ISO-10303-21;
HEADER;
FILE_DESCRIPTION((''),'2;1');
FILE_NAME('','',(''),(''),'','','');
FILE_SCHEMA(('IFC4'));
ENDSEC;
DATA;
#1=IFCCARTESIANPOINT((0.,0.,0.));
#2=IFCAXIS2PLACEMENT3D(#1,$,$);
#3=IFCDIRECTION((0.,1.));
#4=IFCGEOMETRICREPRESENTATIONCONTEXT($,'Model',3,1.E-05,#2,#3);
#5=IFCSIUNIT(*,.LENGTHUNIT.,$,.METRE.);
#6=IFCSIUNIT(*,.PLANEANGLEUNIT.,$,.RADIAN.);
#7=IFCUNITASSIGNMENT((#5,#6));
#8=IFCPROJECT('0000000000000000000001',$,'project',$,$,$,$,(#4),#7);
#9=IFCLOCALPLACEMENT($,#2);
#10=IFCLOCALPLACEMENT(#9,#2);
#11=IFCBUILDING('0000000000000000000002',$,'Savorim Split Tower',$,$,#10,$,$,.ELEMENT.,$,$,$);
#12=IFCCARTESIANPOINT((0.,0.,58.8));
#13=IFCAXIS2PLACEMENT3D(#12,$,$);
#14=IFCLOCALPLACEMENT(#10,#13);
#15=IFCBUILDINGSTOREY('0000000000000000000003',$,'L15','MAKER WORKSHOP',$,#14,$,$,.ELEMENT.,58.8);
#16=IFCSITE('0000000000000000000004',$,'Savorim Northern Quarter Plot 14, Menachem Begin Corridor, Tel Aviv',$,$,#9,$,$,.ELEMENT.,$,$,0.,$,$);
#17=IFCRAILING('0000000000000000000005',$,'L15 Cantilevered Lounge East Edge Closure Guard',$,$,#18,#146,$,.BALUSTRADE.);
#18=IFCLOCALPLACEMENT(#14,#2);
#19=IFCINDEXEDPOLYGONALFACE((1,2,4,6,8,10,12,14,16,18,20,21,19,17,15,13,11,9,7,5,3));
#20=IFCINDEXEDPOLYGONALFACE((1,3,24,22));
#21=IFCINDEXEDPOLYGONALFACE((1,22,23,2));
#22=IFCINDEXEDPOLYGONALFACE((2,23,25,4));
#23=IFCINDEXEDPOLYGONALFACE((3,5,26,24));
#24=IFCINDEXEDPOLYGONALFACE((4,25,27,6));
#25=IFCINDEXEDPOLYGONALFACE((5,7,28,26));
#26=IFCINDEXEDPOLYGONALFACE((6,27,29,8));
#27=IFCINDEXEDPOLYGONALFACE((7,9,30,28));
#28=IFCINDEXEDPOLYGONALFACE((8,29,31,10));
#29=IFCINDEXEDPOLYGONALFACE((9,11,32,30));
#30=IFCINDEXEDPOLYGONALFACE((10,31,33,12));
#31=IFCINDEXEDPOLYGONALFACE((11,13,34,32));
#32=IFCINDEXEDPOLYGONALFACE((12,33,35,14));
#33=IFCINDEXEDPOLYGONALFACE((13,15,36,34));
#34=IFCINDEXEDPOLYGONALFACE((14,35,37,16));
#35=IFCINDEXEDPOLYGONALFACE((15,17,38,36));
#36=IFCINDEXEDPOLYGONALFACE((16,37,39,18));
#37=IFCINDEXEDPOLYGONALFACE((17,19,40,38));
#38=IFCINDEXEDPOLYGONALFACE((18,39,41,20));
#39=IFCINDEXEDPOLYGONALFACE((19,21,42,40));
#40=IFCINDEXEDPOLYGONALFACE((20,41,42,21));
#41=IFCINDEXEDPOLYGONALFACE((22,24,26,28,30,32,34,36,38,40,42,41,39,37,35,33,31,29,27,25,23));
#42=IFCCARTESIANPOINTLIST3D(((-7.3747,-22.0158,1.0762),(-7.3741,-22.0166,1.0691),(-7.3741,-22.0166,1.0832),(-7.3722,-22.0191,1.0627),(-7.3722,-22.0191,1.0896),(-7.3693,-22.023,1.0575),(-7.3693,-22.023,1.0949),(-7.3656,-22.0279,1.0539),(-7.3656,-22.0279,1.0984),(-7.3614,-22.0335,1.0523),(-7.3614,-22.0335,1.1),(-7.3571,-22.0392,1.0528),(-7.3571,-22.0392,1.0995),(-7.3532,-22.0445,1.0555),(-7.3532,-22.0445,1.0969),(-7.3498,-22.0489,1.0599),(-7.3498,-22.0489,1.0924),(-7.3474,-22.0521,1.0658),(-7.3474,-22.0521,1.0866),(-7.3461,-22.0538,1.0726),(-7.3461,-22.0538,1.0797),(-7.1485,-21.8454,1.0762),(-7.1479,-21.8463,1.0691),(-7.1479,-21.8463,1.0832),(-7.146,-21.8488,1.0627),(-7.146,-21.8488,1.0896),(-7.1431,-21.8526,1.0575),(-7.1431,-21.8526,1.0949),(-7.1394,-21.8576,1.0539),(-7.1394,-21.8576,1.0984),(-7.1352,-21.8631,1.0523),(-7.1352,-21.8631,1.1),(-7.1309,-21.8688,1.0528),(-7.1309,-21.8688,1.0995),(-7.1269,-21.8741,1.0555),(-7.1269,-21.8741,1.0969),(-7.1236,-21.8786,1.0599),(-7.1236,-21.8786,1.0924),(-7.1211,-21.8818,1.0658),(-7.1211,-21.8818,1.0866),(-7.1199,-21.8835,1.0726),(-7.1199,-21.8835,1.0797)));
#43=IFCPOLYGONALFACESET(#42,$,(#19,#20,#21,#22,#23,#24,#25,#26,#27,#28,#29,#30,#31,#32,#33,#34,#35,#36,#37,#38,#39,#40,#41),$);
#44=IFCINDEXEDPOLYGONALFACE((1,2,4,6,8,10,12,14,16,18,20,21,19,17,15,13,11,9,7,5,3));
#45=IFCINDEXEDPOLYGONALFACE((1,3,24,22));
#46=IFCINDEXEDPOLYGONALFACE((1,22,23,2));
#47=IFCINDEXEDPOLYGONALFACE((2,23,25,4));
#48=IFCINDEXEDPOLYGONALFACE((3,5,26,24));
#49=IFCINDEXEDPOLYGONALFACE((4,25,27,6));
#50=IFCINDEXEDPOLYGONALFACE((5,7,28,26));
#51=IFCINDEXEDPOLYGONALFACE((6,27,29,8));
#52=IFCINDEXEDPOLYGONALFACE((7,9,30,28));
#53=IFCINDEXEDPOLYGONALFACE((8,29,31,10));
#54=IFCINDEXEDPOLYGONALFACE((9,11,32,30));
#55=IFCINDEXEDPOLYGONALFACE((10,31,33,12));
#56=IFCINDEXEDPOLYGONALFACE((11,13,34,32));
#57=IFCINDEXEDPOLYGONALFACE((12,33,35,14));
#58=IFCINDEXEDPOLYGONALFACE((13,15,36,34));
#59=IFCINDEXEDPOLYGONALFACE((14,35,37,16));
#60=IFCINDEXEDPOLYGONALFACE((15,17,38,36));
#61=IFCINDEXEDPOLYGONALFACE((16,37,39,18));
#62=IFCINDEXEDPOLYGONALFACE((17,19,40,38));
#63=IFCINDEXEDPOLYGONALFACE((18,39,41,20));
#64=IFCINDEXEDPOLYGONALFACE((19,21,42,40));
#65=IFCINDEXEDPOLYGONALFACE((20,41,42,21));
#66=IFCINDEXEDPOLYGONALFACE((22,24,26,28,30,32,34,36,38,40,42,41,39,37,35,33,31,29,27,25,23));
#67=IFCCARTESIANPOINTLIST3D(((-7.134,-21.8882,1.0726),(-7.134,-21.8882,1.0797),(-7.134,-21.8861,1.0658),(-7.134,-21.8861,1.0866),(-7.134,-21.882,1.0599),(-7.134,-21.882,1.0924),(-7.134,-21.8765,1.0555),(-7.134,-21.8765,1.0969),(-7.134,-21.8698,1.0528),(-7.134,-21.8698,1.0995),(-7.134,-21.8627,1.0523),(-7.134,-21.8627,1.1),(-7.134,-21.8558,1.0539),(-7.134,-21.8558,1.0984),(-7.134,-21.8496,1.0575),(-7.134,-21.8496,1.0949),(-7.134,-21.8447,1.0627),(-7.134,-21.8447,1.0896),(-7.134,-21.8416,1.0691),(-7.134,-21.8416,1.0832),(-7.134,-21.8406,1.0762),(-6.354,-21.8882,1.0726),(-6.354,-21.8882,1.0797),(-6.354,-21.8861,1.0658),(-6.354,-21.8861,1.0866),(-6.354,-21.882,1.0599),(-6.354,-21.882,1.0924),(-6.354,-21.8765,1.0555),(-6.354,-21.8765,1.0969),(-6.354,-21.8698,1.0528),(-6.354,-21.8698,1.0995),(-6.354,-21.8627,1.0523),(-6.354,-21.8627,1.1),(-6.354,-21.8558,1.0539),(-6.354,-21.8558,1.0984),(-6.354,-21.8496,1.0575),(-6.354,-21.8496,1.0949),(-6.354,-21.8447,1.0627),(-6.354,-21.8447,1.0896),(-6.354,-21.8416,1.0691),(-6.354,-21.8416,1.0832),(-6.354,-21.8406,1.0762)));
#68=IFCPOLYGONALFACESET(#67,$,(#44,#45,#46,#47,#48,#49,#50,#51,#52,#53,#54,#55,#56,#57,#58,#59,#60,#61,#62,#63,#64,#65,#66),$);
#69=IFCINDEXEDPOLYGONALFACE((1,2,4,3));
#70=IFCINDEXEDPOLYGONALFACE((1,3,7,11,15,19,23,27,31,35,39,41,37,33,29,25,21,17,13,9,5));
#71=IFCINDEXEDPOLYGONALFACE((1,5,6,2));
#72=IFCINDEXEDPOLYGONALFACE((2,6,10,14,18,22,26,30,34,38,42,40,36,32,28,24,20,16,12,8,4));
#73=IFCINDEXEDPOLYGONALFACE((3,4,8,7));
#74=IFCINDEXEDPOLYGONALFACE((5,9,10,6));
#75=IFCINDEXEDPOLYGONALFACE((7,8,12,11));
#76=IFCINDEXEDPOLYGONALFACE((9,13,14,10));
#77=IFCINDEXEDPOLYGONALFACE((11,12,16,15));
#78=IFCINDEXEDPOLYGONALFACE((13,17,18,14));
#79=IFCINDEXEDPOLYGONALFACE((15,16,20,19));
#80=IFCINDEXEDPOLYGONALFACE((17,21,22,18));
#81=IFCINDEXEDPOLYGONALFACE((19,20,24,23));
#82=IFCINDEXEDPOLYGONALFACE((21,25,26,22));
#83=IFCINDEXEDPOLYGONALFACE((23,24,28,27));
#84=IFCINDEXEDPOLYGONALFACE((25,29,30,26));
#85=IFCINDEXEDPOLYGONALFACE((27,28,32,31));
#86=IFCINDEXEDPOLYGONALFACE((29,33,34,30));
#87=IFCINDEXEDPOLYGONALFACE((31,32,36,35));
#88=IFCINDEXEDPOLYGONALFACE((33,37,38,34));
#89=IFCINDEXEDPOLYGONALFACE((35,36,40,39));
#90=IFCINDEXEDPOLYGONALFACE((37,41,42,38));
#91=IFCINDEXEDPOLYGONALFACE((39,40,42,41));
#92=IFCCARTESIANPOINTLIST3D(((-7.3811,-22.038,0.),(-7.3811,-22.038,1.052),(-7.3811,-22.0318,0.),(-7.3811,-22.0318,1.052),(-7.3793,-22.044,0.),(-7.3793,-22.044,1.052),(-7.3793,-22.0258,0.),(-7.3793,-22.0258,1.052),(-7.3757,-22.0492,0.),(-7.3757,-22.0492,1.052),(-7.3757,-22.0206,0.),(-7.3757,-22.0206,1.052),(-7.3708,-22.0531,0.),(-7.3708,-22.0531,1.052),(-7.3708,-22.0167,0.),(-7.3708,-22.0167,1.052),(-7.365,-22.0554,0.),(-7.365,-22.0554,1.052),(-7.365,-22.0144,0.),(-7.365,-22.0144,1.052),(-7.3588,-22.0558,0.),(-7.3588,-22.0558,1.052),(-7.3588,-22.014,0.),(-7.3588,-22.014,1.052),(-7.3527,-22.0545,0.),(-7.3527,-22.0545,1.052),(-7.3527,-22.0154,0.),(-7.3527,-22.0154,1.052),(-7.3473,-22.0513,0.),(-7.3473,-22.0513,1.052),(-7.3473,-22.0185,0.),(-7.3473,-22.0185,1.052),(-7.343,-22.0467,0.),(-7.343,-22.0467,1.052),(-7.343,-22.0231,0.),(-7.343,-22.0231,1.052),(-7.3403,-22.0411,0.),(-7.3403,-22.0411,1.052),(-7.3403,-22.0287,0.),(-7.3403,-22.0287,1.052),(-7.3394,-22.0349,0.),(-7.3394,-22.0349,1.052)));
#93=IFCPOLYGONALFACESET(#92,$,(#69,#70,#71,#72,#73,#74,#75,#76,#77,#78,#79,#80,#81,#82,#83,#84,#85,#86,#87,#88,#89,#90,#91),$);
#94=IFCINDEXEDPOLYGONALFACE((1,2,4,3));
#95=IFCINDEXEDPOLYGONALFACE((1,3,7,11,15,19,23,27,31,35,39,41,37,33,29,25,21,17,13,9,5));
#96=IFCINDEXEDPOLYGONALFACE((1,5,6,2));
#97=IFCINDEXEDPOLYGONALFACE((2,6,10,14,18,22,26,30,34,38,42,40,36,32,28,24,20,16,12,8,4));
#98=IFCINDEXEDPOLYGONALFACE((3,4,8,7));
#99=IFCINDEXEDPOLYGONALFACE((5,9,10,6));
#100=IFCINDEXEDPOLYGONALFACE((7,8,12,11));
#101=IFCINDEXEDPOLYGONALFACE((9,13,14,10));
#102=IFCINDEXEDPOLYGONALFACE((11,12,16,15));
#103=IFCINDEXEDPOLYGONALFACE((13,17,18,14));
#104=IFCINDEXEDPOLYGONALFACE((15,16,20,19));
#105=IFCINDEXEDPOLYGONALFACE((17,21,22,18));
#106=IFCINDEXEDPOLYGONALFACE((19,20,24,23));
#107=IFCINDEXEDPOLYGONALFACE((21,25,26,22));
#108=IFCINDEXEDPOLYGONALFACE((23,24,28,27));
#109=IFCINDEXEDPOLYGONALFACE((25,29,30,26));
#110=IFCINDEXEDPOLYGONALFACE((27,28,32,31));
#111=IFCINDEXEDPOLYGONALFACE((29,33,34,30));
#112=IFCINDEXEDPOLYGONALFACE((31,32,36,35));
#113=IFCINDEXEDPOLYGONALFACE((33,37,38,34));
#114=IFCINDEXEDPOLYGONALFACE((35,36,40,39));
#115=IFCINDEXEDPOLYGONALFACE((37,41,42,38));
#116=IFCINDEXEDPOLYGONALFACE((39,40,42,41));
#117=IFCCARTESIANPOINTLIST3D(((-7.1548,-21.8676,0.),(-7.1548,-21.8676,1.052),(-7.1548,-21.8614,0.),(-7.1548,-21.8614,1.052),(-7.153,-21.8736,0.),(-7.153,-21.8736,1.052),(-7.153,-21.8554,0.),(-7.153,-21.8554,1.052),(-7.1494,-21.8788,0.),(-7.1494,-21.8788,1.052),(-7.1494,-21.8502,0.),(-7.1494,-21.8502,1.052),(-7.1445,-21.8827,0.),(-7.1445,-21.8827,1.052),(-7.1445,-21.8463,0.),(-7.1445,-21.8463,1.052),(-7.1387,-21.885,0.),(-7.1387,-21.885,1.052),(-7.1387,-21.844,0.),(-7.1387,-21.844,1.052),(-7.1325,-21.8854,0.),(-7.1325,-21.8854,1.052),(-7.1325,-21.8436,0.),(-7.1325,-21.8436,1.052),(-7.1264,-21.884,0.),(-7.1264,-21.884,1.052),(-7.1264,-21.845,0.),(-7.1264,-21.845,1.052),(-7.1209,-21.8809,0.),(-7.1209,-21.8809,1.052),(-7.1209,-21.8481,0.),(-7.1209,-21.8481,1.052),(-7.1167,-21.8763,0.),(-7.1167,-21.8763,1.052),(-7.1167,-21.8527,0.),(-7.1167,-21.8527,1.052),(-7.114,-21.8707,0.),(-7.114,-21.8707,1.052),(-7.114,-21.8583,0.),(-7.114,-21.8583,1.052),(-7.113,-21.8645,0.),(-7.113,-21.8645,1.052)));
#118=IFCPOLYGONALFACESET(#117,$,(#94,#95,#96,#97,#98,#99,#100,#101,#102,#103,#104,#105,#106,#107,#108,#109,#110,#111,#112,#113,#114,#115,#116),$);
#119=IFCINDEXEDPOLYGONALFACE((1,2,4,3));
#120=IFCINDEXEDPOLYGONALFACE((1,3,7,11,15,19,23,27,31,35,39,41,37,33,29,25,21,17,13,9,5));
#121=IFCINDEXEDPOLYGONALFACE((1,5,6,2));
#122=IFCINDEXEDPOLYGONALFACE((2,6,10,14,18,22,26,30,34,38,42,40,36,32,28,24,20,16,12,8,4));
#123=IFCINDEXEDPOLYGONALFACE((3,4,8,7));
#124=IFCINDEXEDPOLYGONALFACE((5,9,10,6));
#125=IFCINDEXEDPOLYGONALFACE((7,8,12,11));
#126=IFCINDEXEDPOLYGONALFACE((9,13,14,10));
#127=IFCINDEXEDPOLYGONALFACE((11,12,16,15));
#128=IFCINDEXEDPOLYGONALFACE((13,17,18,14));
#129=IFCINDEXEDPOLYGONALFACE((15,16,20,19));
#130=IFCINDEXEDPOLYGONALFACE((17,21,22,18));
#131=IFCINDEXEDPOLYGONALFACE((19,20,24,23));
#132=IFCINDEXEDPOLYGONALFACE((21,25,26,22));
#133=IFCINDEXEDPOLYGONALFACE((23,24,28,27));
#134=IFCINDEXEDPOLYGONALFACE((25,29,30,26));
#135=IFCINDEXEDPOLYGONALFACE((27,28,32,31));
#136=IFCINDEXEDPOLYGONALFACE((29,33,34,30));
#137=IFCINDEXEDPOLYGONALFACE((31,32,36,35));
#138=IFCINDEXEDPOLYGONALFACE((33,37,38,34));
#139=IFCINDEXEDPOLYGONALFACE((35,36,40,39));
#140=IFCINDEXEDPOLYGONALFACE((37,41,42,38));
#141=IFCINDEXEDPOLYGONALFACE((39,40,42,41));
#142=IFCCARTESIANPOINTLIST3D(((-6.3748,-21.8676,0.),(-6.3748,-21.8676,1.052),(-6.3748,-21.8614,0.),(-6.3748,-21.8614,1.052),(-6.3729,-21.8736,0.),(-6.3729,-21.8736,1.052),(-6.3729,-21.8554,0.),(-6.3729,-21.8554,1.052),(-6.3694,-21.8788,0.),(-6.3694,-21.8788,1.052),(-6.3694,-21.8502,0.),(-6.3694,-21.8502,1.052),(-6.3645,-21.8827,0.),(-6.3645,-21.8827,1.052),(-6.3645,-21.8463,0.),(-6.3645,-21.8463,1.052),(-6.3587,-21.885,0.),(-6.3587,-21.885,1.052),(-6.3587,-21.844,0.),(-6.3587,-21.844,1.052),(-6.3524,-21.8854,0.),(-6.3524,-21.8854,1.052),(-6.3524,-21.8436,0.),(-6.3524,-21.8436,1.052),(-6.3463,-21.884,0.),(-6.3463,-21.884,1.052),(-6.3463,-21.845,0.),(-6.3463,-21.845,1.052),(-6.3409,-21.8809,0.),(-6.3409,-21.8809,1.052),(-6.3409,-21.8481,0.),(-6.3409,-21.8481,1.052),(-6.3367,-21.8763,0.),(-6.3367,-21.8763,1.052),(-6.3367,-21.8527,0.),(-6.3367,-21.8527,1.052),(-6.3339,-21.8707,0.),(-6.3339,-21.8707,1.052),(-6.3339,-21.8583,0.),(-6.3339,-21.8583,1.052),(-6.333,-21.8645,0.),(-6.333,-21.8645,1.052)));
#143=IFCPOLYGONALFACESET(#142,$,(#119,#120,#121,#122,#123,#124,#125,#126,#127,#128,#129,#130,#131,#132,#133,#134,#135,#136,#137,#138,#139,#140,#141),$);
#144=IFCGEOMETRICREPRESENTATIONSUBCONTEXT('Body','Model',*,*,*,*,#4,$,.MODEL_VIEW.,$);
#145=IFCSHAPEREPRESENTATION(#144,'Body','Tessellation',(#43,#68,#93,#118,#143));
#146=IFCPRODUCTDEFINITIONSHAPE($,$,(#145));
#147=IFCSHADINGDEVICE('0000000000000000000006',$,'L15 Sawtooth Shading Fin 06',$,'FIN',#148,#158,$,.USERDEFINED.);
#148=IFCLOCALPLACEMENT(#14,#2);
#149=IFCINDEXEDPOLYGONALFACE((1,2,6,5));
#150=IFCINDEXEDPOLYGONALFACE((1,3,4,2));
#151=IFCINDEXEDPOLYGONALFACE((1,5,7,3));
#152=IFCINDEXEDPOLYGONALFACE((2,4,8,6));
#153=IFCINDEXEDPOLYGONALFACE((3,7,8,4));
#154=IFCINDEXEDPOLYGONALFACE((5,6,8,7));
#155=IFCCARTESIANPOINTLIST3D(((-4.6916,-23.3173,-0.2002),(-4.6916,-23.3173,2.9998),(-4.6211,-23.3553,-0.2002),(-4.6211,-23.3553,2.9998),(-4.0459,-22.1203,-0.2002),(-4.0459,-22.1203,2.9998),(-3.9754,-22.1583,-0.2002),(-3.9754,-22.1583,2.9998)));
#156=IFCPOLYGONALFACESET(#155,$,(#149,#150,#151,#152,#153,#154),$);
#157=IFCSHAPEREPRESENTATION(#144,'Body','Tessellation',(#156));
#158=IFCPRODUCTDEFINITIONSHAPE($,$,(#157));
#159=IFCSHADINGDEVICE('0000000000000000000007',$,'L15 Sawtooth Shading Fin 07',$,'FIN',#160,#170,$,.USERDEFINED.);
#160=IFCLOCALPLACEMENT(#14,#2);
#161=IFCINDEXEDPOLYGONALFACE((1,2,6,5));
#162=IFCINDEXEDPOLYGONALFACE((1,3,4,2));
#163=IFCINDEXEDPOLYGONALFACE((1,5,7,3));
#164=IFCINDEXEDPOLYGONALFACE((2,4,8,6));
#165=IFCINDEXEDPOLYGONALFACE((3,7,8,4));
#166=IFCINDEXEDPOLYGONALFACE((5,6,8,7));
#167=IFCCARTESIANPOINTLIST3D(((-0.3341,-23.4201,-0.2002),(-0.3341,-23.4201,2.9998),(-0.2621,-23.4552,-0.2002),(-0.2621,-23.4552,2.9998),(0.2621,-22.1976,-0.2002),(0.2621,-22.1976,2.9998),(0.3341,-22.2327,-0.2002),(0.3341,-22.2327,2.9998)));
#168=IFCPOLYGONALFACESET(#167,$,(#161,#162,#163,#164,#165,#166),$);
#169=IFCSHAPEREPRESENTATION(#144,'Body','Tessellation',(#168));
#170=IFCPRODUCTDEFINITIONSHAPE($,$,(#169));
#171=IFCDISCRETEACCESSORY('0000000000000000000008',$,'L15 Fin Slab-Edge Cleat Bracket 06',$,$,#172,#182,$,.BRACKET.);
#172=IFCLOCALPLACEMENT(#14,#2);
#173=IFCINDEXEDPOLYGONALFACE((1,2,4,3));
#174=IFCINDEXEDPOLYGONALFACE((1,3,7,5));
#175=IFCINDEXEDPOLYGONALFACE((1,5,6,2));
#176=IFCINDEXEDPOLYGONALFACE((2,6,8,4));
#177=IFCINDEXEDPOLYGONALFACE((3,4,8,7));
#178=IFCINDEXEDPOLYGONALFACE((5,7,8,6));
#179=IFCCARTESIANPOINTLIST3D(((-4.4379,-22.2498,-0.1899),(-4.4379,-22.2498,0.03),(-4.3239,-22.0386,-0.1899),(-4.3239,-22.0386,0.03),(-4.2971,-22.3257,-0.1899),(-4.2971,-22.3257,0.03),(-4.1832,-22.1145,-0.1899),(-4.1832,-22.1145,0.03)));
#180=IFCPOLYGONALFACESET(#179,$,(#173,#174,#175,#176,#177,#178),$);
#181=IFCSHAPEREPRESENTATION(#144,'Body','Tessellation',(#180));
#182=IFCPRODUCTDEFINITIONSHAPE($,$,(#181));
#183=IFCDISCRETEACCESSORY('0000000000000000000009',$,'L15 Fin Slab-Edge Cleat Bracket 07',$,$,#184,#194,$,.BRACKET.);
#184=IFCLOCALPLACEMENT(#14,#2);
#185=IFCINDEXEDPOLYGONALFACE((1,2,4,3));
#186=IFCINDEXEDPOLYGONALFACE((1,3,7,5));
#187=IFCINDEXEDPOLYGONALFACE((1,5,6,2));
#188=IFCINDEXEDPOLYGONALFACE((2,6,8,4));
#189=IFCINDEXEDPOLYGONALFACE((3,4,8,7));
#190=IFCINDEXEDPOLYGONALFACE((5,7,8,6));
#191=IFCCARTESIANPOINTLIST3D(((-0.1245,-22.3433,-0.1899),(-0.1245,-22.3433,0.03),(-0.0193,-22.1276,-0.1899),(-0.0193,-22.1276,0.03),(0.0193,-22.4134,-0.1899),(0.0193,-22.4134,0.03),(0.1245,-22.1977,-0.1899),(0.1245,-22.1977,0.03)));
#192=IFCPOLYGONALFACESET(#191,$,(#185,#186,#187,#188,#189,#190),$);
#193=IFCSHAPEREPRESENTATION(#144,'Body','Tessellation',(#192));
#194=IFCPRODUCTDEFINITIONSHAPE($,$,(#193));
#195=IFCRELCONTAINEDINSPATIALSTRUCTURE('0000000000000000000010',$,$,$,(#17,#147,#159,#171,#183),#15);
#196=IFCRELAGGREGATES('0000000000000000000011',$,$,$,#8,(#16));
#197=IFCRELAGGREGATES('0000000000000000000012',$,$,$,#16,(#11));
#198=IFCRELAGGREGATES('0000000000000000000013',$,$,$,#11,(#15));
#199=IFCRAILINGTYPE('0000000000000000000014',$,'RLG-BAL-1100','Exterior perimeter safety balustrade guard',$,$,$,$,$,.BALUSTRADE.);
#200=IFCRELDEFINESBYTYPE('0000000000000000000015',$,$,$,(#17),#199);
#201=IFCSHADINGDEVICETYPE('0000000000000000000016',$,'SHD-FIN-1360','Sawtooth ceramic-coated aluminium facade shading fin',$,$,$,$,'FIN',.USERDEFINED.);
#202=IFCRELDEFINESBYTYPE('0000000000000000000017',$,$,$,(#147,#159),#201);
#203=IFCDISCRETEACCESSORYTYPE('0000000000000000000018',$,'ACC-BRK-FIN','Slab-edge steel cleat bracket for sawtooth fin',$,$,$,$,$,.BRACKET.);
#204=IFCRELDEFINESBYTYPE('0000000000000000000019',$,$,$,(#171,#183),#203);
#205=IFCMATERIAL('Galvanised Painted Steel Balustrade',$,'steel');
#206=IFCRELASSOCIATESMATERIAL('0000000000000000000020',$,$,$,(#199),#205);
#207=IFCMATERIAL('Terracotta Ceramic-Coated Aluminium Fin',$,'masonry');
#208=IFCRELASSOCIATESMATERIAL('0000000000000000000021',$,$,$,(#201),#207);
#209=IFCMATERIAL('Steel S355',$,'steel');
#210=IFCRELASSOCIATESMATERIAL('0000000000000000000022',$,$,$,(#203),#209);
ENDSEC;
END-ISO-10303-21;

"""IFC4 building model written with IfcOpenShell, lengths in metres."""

from ifc_helpers import new_model, si_unit, direction, frame, origin, origin_2d, place, context, subcontext, project, spatial, rectangle, circle, extrude, material, type_object, element, save


model = new_model("IFC4")

# Units and contexts
model_context = context("Model", 3, precision=1e-05, world=origin(), true_north=direction((0.0, 1.0)))
body_context = subcontext(model_context, "Body", "Model", "MODEL_VIEW")
ifc_project = project(units=[si_unit("LENGTHUNIT", "METRE"), si_unit("PLANEANGLEUNIT", "RADIAN")], contexts=[model_context])

# Site, building, storey
site_placement = place(None, origin())
site = spatial("IfcSite", under=ifc_project, at=site_placement, Name="Savorim Northern Quarter Plot 14, Menachem Begin Corridor, Tel Aviv", CompositionType="ELEMENT", RefElevation=0.0)
building_placement = place(site_placement, origin())
building = spatial("IfcBuilding", under=site, at=building_placement, Name="Savorim Split Tower", CompositionType="ELEMENT")
storey_placement = place(building_placement, frame((0.0, 0.0, 58.8)))
storey = spatial("IfcBuildingStorey", under=building, at=storey_placement, Name="L15", Description="MAKER WORKSHOP", CompositionType="ELEMENT", Elevation=58.8)

# Shared definitions
ifc_material_1 = material(Name="Steel S355", Category="steel")

# Railing
ifc_material_2 = material(Name="Galvanised Painted Steel Balustrade", Category="steel")
railing_type = type_object("IfcRailingType", Name="RLG-BAL-1100", Description="Exterior perimeter safety balustrade guard", PredefinedType="BALUSTRADE", material=ifc_material_2)
railing_placement = place(storey_placement, frame((-7.3604, -22.0349, 0.0)))
element("IfcRailing", 1, at=railing_placement, inside=storey, type_object=railing_type, Name="L15 Cantilevered Lounge East Edge Closure Guard", PredefinedType="BALUSTRADE", context=body_context, shape_type="SweptSolid", body=[
    extrude(circle(Radius=0.0239, at=origin_2d()), frame((0.0, 0.0, 1.0762), z_axis=(0.798861, 0.601516, 0.0), x_axis=(-0.601516, 0.798861, 0.0)), (0.0, 0.0, 1.0), 0.2832),
    extrude(circle(Radius=0.0239, at=origin_2d()), frame((0.2263, 0.1704, 1.0762), z_axis=(1.0, 0.0, 0.0), x_axis=(0.0, 1.0, 0.0)), (0.0, 0.0, 1.0), 0.78),
    extrude(circle(Radius=0.021, at=origin_2d()), origin(), (0.0, 0.0, 1.0), 1.052),
    extrude(circle(Radius=0.021, at=origin_2d()), frame((0.2263, 0.1704, 0.0)), (0.0, 0.0, 1.0), 1.052),
    extrude(circle(Radius=0.021, at=origin_2d()), frame((1.0063, 0.1704, 0.0)), (0.0, 0.0, 1.0), 1.052),
])

# Shading devices
ifc_material_3 = material(Name="Terracotta Ceramic-Coated Aluminium Fin", Category="masonry")
shading_device_type = type_object("IfcShadingDeviceType", Name="SHD-FIN-1360", Description="Sawtooth ceramic-coated aluminium facade shading fin", ElementType="FIN", PredefinedType="USERDEFINED", material=ifc_material_3)
for number, where, z_axis, x_axis, name in (
    (2, (-4.3335, -22.7378, -0.2002), (0.0, 0.0, 1.0), (-0.474778, -0.880106, 0.0), "L15 Sawtooth Shading Fin 06"),
    (3, (0.0, -22.8264, -0.2002), (0.0, 0.0, 1.0), (-0.438371, -0.898794, 0.0), "L15 Sawtooth Shading Fin 07"),
):
    element("IfcShadingDevice", number, at=place(storey_placement, frame(where, z_axis=z_axis, x_axis=x_axis)), inside=storey, type_object=shading_device_type, Name=name, ObjectType="FIN", PredefinedType="USERDEFINED", context=body_context, shape_type="SweptSolid", body=[
        extrude(rectangle(XDim=1.3601, YDim=0.0801, at=origin_2d()), origin(), (0.0, 0.0, 1.0), 3.2),
    ])

# Discrete accessories
discrete_accessory_type = type_object("IfcDiscreteAccessoryType", Name="ACC-BRK-FIN", Description="Slab-edge steel cleat bracket for sawtooth fin", PredefinedType="BRACKET", material=ifc_material_1)
for number, where, z_axis, x_axis, name in (
    (4, (-4.3105, -22.1821, -0.1899), (0.0, 0.0, 1.0), (-0.474778, -0.880106, 0.0), "L15 Fin Slab-Edge Cleat Bracket 06"),
    (5, (0.0, -22.2705, -0.1899), (0.0, 0.0, 1.0), (-0.438371, -0.898794, 0.0), "L15 Fin Slab-Edge Cleat Bracket 07"),
):
    element("IfcDiscreteAccessory", number, at=place(storey_placement, frame(where, z_axis=z_axis, x_axis=x_axis)), inside=storey, type_object=discrete_accessory_type, Name=name, PredefinedType="BRACKET", context=body_context, shape_type="SweptSolid", body=[
        extrude(rectangle(XDim=0.24, YDim=0.1599, at=origin_2d()), origin(), (0.0, 0.0, 1.0), 0.22),
    ])

save(model, "model.ifc")
